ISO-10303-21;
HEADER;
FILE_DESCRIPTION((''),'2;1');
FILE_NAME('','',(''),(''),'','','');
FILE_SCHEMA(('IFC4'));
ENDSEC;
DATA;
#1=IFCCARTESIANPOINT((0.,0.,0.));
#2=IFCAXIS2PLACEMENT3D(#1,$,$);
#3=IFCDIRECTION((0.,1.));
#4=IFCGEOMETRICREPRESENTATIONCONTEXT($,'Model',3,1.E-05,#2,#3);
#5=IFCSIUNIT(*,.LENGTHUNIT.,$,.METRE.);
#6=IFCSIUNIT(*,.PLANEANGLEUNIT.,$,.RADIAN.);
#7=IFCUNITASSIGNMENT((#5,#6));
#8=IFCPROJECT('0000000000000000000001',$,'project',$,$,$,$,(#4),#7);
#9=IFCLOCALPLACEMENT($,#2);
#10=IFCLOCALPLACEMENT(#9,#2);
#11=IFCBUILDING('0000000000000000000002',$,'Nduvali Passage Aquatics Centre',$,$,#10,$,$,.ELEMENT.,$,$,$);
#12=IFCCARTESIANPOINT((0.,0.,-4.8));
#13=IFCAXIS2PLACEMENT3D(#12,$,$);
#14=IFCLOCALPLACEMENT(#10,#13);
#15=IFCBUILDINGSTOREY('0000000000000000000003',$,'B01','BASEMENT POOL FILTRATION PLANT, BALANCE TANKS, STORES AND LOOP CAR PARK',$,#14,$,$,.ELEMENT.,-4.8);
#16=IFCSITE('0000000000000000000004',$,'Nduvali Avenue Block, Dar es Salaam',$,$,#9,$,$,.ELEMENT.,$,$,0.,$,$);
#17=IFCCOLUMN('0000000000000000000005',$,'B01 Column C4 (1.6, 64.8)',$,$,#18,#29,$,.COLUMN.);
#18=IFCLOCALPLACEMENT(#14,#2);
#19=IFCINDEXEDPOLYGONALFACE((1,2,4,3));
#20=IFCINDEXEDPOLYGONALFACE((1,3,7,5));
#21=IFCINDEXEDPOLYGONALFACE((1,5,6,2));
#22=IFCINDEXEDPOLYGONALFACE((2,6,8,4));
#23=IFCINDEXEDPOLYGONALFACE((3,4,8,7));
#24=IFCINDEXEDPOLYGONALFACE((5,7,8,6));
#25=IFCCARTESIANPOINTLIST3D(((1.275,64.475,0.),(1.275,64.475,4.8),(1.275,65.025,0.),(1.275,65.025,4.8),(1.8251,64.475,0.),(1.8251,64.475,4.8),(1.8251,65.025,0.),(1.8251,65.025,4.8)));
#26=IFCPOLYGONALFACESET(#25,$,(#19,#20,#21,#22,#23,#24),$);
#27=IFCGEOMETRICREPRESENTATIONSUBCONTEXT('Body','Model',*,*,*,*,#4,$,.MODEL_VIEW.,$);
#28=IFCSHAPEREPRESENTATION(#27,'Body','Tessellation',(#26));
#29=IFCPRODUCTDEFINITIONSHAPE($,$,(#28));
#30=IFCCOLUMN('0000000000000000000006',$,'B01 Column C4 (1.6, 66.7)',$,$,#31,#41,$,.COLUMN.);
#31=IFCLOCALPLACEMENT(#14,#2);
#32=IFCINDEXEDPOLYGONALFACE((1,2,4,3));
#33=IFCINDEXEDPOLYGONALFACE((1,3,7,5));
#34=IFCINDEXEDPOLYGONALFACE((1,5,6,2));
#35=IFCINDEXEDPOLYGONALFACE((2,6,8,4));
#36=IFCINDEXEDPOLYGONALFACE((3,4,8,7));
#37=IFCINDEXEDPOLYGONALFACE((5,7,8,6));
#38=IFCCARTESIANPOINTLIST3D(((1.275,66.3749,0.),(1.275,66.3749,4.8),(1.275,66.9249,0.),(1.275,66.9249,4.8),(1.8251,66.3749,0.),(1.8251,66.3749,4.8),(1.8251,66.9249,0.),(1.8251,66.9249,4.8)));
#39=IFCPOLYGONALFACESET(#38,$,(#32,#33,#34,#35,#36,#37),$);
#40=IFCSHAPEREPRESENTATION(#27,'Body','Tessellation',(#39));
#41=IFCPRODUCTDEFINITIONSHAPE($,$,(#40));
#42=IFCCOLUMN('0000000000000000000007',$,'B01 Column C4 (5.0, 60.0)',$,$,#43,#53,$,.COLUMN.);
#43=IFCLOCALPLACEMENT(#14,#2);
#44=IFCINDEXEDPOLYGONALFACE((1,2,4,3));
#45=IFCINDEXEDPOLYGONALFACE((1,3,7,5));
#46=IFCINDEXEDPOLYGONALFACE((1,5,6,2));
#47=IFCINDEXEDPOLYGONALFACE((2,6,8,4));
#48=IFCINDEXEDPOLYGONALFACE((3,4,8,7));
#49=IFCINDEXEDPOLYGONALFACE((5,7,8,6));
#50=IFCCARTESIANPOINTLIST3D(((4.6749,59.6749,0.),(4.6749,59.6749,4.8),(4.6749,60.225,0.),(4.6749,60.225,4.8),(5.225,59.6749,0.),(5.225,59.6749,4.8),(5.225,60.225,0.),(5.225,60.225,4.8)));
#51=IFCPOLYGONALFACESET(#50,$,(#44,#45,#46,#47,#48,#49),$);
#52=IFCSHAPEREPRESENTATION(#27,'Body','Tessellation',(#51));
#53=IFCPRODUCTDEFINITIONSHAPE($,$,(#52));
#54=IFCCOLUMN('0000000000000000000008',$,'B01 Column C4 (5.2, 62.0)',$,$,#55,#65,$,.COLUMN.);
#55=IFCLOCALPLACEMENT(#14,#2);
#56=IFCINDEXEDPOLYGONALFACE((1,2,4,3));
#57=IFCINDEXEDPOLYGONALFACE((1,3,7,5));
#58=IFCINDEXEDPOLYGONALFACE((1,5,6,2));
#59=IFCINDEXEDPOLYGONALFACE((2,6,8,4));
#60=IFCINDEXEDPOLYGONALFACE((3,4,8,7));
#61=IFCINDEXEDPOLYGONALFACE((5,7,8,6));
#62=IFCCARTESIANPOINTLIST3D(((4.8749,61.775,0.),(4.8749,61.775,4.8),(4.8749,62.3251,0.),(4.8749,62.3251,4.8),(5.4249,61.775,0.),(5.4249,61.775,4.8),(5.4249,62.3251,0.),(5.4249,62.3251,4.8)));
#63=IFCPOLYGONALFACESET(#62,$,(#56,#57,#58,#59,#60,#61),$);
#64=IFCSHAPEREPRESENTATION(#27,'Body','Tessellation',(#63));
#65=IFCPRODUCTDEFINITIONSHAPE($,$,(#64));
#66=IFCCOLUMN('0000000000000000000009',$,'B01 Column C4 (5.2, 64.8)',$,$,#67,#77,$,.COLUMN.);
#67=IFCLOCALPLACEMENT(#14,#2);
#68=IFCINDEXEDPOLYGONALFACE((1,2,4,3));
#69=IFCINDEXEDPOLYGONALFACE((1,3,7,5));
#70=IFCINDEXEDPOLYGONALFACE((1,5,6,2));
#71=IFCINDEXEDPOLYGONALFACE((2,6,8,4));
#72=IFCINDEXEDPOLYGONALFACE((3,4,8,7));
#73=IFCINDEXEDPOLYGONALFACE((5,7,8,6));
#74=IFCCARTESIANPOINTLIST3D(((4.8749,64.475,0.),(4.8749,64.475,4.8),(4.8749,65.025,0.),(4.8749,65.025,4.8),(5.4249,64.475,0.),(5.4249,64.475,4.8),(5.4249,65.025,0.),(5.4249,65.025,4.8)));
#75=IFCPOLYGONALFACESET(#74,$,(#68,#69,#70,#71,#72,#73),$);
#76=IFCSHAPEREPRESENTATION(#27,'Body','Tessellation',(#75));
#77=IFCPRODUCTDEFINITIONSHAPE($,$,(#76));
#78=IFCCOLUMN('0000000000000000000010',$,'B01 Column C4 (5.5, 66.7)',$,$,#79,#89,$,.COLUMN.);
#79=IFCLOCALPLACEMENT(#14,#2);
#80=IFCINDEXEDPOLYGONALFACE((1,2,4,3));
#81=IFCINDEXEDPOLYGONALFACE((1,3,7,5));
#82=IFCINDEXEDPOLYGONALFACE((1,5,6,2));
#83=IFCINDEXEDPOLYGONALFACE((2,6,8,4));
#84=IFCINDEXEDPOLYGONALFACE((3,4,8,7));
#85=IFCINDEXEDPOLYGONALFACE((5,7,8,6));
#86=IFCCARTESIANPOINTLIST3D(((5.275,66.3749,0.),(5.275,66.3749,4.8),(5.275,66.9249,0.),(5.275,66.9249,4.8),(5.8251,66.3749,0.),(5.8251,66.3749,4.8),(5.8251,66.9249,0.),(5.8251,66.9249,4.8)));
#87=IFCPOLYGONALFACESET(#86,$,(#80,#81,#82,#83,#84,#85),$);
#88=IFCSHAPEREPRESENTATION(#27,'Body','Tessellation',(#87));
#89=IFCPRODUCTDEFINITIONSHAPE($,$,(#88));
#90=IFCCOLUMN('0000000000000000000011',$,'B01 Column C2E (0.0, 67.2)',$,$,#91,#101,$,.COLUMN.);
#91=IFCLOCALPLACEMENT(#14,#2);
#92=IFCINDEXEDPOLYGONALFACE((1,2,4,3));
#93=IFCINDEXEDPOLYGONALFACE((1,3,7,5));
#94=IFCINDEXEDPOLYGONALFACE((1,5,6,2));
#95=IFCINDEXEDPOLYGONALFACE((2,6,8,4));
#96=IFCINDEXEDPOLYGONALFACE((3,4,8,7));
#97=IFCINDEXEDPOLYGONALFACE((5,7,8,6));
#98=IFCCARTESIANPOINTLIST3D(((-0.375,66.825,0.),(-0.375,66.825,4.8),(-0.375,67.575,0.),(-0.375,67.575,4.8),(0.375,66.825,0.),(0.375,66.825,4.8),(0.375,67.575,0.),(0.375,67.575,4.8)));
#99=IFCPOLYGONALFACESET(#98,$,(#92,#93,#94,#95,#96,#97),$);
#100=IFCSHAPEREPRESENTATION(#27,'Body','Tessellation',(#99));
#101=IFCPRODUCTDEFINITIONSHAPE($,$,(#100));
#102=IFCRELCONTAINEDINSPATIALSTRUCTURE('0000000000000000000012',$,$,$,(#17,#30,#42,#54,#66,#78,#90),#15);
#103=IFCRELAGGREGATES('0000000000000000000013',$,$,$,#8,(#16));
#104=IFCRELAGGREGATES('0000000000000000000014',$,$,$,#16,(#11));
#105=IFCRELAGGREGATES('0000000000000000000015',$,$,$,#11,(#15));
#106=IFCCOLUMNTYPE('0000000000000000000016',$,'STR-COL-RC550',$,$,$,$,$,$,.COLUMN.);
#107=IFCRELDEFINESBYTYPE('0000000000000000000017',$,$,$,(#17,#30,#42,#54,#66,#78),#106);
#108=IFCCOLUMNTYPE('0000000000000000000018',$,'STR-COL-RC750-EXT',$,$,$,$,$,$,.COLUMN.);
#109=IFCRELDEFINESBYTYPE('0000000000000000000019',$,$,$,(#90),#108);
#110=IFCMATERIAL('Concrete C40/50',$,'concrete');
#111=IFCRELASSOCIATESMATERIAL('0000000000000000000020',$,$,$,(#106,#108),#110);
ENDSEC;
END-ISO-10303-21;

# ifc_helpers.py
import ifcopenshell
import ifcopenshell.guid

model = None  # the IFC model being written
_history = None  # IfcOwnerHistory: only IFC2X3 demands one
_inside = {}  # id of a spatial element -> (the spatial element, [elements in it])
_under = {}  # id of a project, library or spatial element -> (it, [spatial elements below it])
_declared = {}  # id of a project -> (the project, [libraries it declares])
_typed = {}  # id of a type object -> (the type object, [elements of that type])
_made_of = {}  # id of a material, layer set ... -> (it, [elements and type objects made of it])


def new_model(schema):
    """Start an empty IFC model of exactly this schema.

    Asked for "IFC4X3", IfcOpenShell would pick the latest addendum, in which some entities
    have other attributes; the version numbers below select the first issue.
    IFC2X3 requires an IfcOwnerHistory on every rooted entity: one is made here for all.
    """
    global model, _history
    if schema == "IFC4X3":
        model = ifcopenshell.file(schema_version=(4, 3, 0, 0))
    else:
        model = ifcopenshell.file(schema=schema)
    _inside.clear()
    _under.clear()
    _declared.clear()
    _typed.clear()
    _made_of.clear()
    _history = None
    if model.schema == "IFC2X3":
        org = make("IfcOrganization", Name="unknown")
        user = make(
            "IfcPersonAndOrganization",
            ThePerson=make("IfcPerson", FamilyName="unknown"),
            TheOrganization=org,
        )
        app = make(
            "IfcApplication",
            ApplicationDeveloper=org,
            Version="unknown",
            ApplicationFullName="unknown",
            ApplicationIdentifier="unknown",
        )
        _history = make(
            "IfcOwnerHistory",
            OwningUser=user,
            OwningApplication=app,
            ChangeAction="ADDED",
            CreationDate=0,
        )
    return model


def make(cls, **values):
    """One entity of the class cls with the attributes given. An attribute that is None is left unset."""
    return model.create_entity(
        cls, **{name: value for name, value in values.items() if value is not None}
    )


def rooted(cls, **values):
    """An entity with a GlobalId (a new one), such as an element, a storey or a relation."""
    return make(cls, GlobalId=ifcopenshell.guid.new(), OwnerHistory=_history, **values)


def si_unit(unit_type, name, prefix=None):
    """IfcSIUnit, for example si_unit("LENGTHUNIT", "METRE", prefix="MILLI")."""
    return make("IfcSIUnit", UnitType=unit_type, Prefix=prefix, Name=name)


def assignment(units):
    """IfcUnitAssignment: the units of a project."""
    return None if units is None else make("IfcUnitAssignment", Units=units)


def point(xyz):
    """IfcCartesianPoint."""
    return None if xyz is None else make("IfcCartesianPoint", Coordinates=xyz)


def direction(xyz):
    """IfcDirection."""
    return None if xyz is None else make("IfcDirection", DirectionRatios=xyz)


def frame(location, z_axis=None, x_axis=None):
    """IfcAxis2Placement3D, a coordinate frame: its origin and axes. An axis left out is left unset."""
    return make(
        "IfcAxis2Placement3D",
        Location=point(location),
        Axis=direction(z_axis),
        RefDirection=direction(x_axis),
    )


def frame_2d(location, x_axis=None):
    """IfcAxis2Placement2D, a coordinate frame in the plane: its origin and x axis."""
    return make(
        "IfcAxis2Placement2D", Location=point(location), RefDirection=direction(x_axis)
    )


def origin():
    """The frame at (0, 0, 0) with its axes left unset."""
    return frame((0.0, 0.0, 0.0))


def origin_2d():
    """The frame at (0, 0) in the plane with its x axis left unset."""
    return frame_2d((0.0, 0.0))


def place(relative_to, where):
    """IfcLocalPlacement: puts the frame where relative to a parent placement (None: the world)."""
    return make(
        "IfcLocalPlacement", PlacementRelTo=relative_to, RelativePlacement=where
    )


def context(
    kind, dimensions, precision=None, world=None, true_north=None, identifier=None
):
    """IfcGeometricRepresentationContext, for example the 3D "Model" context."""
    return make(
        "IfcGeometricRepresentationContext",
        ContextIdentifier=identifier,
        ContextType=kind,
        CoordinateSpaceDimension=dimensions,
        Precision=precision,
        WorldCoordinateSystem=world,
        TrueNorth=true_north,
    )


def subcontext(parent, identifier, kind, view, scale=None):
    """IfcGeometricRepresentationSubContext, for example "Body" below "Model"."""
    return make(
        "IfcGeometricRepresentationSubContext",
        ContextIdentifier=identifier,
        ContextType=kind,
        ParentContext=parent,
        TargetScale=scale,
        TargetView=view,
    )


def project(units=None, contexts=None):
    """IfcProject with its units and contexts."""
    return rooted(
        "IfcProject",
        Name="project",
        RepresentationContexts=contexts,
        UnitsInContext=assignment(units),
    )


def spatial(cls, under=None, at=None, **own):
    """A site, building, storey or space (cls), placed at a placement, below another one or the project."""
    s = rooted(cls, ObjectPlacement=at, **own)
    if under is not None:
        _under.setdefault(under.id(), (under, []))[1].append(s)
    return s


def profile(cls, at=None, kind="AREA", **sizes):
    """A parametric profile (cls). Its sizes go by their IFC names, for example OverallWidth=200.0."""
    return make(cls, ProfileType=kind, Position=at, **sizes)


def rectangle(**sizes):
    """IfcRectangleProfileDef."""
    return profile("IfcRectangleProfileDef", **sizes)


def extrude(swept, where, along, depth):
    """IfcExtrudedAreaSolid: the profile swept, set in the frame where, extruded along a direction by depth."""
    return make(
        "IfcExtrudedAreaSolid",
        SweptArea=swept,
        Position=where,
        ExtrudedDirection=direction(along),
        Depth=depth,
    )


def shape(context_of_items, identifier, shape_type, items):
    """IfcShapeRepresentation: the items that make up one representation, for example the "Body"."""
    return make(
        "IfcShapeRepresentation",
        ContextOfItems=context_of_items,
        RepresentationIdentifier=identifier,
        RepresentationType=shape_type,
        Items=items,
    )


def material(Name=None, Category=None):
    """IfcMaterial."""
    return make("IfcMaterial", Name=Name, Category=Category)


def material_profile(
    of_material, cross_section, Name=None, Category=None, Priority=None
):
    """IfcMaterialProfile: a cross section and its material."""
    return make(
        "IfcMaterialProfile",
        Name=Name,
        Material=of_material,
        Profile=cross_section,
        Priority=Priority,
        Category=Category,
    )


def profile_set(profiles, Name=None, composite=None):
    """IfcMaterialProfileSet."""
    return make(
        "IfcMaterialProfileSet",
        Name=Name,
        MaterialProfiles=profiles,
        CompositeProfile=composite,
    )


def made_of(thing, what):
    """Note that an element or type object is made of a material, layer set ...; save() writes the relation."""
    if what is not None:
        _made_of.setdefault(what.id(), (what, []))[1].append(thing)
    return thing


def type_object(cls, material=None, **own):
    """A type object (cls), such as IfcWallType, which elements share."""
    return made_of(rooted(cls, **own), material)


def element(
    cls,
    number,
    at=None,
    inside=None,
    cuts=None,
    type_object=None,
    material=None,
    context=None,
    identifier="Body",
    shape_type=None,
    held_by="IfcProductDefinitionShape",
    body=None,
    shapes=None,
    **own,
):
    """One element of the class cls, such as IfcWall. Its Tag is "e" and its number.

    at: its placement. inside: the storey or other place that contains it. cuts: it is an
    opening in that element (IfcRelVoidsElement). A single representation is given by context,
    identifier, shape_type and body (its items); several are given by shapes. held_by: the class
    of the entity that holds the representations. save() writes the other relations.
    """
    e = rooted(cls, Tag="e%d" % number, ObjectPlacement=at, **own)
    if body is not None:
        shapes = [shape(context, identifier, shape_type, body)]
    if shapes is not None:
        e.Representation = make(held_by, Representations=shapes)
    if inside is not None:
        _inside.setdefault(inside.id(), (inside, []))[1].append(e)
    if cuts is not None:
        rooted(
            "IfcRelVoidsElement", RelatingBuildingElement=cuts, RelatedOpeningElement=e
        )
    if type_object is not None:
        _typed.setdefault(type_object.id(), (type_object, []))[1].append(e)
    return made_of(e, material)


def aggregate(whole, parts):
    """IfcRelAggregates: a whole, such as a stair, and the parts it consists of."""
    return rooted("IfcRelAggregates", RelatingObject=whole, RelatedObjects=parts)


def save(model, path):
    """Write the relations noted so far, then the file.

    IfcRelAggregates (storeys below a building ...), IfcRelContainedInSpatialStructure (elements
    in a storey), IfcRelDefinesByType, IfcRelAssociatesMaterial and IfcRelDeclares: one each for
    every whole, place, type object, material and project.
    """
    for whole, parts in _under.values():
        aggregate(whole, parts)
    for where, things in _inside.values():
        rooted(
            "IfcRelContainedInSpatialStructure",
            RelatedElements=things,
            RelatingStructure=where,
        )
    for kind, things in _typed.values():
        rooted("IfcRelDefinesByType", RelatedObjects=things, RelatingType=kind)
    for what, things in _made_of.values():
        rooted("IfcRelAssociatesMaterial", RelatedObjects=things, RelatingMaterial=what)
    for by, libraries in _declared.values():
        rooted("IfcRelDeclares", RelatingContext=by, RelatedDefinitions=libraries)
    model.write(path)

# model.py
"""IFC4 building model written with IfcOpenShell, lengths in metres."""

from ifc_helpers import new_model, si_unit, direction, frame, origin, origin_2d, place, context, subcontext, project, spatial, rectangle, extrude, material, material_profile, profile_set, type_object, element, save


model = new_model("IFC4")

# Units and contexts
model_context = context("Model", 3, precision=1e-05, world=origin(), true_north=direction((0.0, 1.0)))
body_context = subcontext(model_context, "Body", "Model", "MODEL_VIEW")
ifc_project = project(units=[si_unit("LENGTHUNIT", "METRE"), si_unit("PLANEANGLEUNIT", "RADIAN")], contexts=[model_context])

# Site, building, storey
site_placement = place(None, origin())
site = spatial("IfcSite", under=ifc_project, at=site_placement, Name="Nduvali Avenue Block, Dar es Salaam", CompositionType="ELEMENT", RefElevation=0.0)
building_placement = place(site_placement, origin())
building = spatial("IfcBuilding", under=site, at=building_placement, Name="Nduvali Passage Aquatics Centre", CompositionType="ELEMENT")
storey_placement = place(building_placement, frame((0.0, 0.0, -4.8)))
storey = spatial("IfcBuildingStorey", under=building, at=storey_placement, Name="B01", Description="BASEMENT POOL FILTRATION PLANT, BALANCE TANKS, STORES AND LOOP CAR PARK", CompositionType="ELEMENT", Elevation=-4.8)

# Shared definitions
ifc_material = material(Name="Concrete C40/50", Category="concrete")

# Columns
ifc_material_profile_1 = material_profile(ifc_material, rectangle(XDim=0.55, YDim=0.55, at=origin_2d()), Name="RC 550x550")
ifc_profile_set_1 = profile_set([ifc_material_profile_1], Name="Concrete C40/50")
column_type_1 = type_object("IfcColumnType", Name="STR-COL-RC550", PredefinedType="COLUMN", material=ifc_profile_set_1)
for number, where, z_axis, x_axis, name in (
    (1, (1.55, 64.75, 0.0), (0.0, 0.0, 1.0), (1.0, 0.0, 0.0), "B01 Column C4 (1.6, 64.8)"),
    (2, (1.55, 66.6499, 0.0), (0.0, 0.0, 1.0), (1.0, 0.0, 0.0), "B01 Column C4 (1.6, 66.7)"),
    (3, (4.95, 59.95, 0.0), (0.0, 0.0, 1.0), (1.0, 0.0, 0.0), "B01 Column C4 (5.0, 60.0)"),
    (4, (5.1499, 62.05, 0.0), (0.0, 0.0, 1.0), (1.0, 0.0, 0.0), "B01 Column C4 (5.2, 62.0)"),
    (5, (5.1499, 64.75, 0.0), (0.0, 0.0, 1.0), (1.0, 0.0, 0.0), "B01 Column C4 (5.2, 64.8)"),
    (6, (5.55, 66.6499, 0.0), (0.0, 0.0, 1.0), (1.0, 0.0, 0.0), "B01 Column C4 (5.5, 66.7)"),
):
    element("IfcColumn", number, at=place(storey_placement, frame(where, z_axis=z_axis, x_axis=x_axis)), inside=storey, type_object=column_type_1, Name=name, PredefinedType="COLUMN", context=body_context, shape_type="SweptSolid", body=[
        extrude(rectangle(XDim=0.55, YDim=0.55, at=origin_2d()), origin(), (0.0, 0.0, 1.0), 4.8),
    ])
ifc_material_profile_2 = material_profile(ifc_material, rectangle(XDim=0.75, YDim=0.75, at=origin_2d()), Name="RC 750x750")
ifc_profile_set_2 = profile_set([ifc_material_profile_2], Name="Concrete C40/50")
column_type_2 = type_object("IfcColumnType", Name="STR-COL-RC750-EXT", PredefinedType="COLUMN", material=ifc_profile_set_2)
column_placement = place(storey_placement, frame((0.0, 67.2, 0.0), z_axis=(0.0, 0.0, 1.0), x_axis=(1.0, 0.0, 0.0)))
element("IfcColumn", 7, at=column_placement, inside=storey, type_object=column_type_2, Name="B01 Column C2E (0.0, 67.2)", PredefinedType="COLUMN", context=body_context, shape_type="SweptSolid", body=[
    extrude(rectangle(XDim=0.75, YDim=0.75, at=origin_2d()), origin(), (0.0, 0.0, 1.0), 4.8),
])

save(model, "model.ifc")
